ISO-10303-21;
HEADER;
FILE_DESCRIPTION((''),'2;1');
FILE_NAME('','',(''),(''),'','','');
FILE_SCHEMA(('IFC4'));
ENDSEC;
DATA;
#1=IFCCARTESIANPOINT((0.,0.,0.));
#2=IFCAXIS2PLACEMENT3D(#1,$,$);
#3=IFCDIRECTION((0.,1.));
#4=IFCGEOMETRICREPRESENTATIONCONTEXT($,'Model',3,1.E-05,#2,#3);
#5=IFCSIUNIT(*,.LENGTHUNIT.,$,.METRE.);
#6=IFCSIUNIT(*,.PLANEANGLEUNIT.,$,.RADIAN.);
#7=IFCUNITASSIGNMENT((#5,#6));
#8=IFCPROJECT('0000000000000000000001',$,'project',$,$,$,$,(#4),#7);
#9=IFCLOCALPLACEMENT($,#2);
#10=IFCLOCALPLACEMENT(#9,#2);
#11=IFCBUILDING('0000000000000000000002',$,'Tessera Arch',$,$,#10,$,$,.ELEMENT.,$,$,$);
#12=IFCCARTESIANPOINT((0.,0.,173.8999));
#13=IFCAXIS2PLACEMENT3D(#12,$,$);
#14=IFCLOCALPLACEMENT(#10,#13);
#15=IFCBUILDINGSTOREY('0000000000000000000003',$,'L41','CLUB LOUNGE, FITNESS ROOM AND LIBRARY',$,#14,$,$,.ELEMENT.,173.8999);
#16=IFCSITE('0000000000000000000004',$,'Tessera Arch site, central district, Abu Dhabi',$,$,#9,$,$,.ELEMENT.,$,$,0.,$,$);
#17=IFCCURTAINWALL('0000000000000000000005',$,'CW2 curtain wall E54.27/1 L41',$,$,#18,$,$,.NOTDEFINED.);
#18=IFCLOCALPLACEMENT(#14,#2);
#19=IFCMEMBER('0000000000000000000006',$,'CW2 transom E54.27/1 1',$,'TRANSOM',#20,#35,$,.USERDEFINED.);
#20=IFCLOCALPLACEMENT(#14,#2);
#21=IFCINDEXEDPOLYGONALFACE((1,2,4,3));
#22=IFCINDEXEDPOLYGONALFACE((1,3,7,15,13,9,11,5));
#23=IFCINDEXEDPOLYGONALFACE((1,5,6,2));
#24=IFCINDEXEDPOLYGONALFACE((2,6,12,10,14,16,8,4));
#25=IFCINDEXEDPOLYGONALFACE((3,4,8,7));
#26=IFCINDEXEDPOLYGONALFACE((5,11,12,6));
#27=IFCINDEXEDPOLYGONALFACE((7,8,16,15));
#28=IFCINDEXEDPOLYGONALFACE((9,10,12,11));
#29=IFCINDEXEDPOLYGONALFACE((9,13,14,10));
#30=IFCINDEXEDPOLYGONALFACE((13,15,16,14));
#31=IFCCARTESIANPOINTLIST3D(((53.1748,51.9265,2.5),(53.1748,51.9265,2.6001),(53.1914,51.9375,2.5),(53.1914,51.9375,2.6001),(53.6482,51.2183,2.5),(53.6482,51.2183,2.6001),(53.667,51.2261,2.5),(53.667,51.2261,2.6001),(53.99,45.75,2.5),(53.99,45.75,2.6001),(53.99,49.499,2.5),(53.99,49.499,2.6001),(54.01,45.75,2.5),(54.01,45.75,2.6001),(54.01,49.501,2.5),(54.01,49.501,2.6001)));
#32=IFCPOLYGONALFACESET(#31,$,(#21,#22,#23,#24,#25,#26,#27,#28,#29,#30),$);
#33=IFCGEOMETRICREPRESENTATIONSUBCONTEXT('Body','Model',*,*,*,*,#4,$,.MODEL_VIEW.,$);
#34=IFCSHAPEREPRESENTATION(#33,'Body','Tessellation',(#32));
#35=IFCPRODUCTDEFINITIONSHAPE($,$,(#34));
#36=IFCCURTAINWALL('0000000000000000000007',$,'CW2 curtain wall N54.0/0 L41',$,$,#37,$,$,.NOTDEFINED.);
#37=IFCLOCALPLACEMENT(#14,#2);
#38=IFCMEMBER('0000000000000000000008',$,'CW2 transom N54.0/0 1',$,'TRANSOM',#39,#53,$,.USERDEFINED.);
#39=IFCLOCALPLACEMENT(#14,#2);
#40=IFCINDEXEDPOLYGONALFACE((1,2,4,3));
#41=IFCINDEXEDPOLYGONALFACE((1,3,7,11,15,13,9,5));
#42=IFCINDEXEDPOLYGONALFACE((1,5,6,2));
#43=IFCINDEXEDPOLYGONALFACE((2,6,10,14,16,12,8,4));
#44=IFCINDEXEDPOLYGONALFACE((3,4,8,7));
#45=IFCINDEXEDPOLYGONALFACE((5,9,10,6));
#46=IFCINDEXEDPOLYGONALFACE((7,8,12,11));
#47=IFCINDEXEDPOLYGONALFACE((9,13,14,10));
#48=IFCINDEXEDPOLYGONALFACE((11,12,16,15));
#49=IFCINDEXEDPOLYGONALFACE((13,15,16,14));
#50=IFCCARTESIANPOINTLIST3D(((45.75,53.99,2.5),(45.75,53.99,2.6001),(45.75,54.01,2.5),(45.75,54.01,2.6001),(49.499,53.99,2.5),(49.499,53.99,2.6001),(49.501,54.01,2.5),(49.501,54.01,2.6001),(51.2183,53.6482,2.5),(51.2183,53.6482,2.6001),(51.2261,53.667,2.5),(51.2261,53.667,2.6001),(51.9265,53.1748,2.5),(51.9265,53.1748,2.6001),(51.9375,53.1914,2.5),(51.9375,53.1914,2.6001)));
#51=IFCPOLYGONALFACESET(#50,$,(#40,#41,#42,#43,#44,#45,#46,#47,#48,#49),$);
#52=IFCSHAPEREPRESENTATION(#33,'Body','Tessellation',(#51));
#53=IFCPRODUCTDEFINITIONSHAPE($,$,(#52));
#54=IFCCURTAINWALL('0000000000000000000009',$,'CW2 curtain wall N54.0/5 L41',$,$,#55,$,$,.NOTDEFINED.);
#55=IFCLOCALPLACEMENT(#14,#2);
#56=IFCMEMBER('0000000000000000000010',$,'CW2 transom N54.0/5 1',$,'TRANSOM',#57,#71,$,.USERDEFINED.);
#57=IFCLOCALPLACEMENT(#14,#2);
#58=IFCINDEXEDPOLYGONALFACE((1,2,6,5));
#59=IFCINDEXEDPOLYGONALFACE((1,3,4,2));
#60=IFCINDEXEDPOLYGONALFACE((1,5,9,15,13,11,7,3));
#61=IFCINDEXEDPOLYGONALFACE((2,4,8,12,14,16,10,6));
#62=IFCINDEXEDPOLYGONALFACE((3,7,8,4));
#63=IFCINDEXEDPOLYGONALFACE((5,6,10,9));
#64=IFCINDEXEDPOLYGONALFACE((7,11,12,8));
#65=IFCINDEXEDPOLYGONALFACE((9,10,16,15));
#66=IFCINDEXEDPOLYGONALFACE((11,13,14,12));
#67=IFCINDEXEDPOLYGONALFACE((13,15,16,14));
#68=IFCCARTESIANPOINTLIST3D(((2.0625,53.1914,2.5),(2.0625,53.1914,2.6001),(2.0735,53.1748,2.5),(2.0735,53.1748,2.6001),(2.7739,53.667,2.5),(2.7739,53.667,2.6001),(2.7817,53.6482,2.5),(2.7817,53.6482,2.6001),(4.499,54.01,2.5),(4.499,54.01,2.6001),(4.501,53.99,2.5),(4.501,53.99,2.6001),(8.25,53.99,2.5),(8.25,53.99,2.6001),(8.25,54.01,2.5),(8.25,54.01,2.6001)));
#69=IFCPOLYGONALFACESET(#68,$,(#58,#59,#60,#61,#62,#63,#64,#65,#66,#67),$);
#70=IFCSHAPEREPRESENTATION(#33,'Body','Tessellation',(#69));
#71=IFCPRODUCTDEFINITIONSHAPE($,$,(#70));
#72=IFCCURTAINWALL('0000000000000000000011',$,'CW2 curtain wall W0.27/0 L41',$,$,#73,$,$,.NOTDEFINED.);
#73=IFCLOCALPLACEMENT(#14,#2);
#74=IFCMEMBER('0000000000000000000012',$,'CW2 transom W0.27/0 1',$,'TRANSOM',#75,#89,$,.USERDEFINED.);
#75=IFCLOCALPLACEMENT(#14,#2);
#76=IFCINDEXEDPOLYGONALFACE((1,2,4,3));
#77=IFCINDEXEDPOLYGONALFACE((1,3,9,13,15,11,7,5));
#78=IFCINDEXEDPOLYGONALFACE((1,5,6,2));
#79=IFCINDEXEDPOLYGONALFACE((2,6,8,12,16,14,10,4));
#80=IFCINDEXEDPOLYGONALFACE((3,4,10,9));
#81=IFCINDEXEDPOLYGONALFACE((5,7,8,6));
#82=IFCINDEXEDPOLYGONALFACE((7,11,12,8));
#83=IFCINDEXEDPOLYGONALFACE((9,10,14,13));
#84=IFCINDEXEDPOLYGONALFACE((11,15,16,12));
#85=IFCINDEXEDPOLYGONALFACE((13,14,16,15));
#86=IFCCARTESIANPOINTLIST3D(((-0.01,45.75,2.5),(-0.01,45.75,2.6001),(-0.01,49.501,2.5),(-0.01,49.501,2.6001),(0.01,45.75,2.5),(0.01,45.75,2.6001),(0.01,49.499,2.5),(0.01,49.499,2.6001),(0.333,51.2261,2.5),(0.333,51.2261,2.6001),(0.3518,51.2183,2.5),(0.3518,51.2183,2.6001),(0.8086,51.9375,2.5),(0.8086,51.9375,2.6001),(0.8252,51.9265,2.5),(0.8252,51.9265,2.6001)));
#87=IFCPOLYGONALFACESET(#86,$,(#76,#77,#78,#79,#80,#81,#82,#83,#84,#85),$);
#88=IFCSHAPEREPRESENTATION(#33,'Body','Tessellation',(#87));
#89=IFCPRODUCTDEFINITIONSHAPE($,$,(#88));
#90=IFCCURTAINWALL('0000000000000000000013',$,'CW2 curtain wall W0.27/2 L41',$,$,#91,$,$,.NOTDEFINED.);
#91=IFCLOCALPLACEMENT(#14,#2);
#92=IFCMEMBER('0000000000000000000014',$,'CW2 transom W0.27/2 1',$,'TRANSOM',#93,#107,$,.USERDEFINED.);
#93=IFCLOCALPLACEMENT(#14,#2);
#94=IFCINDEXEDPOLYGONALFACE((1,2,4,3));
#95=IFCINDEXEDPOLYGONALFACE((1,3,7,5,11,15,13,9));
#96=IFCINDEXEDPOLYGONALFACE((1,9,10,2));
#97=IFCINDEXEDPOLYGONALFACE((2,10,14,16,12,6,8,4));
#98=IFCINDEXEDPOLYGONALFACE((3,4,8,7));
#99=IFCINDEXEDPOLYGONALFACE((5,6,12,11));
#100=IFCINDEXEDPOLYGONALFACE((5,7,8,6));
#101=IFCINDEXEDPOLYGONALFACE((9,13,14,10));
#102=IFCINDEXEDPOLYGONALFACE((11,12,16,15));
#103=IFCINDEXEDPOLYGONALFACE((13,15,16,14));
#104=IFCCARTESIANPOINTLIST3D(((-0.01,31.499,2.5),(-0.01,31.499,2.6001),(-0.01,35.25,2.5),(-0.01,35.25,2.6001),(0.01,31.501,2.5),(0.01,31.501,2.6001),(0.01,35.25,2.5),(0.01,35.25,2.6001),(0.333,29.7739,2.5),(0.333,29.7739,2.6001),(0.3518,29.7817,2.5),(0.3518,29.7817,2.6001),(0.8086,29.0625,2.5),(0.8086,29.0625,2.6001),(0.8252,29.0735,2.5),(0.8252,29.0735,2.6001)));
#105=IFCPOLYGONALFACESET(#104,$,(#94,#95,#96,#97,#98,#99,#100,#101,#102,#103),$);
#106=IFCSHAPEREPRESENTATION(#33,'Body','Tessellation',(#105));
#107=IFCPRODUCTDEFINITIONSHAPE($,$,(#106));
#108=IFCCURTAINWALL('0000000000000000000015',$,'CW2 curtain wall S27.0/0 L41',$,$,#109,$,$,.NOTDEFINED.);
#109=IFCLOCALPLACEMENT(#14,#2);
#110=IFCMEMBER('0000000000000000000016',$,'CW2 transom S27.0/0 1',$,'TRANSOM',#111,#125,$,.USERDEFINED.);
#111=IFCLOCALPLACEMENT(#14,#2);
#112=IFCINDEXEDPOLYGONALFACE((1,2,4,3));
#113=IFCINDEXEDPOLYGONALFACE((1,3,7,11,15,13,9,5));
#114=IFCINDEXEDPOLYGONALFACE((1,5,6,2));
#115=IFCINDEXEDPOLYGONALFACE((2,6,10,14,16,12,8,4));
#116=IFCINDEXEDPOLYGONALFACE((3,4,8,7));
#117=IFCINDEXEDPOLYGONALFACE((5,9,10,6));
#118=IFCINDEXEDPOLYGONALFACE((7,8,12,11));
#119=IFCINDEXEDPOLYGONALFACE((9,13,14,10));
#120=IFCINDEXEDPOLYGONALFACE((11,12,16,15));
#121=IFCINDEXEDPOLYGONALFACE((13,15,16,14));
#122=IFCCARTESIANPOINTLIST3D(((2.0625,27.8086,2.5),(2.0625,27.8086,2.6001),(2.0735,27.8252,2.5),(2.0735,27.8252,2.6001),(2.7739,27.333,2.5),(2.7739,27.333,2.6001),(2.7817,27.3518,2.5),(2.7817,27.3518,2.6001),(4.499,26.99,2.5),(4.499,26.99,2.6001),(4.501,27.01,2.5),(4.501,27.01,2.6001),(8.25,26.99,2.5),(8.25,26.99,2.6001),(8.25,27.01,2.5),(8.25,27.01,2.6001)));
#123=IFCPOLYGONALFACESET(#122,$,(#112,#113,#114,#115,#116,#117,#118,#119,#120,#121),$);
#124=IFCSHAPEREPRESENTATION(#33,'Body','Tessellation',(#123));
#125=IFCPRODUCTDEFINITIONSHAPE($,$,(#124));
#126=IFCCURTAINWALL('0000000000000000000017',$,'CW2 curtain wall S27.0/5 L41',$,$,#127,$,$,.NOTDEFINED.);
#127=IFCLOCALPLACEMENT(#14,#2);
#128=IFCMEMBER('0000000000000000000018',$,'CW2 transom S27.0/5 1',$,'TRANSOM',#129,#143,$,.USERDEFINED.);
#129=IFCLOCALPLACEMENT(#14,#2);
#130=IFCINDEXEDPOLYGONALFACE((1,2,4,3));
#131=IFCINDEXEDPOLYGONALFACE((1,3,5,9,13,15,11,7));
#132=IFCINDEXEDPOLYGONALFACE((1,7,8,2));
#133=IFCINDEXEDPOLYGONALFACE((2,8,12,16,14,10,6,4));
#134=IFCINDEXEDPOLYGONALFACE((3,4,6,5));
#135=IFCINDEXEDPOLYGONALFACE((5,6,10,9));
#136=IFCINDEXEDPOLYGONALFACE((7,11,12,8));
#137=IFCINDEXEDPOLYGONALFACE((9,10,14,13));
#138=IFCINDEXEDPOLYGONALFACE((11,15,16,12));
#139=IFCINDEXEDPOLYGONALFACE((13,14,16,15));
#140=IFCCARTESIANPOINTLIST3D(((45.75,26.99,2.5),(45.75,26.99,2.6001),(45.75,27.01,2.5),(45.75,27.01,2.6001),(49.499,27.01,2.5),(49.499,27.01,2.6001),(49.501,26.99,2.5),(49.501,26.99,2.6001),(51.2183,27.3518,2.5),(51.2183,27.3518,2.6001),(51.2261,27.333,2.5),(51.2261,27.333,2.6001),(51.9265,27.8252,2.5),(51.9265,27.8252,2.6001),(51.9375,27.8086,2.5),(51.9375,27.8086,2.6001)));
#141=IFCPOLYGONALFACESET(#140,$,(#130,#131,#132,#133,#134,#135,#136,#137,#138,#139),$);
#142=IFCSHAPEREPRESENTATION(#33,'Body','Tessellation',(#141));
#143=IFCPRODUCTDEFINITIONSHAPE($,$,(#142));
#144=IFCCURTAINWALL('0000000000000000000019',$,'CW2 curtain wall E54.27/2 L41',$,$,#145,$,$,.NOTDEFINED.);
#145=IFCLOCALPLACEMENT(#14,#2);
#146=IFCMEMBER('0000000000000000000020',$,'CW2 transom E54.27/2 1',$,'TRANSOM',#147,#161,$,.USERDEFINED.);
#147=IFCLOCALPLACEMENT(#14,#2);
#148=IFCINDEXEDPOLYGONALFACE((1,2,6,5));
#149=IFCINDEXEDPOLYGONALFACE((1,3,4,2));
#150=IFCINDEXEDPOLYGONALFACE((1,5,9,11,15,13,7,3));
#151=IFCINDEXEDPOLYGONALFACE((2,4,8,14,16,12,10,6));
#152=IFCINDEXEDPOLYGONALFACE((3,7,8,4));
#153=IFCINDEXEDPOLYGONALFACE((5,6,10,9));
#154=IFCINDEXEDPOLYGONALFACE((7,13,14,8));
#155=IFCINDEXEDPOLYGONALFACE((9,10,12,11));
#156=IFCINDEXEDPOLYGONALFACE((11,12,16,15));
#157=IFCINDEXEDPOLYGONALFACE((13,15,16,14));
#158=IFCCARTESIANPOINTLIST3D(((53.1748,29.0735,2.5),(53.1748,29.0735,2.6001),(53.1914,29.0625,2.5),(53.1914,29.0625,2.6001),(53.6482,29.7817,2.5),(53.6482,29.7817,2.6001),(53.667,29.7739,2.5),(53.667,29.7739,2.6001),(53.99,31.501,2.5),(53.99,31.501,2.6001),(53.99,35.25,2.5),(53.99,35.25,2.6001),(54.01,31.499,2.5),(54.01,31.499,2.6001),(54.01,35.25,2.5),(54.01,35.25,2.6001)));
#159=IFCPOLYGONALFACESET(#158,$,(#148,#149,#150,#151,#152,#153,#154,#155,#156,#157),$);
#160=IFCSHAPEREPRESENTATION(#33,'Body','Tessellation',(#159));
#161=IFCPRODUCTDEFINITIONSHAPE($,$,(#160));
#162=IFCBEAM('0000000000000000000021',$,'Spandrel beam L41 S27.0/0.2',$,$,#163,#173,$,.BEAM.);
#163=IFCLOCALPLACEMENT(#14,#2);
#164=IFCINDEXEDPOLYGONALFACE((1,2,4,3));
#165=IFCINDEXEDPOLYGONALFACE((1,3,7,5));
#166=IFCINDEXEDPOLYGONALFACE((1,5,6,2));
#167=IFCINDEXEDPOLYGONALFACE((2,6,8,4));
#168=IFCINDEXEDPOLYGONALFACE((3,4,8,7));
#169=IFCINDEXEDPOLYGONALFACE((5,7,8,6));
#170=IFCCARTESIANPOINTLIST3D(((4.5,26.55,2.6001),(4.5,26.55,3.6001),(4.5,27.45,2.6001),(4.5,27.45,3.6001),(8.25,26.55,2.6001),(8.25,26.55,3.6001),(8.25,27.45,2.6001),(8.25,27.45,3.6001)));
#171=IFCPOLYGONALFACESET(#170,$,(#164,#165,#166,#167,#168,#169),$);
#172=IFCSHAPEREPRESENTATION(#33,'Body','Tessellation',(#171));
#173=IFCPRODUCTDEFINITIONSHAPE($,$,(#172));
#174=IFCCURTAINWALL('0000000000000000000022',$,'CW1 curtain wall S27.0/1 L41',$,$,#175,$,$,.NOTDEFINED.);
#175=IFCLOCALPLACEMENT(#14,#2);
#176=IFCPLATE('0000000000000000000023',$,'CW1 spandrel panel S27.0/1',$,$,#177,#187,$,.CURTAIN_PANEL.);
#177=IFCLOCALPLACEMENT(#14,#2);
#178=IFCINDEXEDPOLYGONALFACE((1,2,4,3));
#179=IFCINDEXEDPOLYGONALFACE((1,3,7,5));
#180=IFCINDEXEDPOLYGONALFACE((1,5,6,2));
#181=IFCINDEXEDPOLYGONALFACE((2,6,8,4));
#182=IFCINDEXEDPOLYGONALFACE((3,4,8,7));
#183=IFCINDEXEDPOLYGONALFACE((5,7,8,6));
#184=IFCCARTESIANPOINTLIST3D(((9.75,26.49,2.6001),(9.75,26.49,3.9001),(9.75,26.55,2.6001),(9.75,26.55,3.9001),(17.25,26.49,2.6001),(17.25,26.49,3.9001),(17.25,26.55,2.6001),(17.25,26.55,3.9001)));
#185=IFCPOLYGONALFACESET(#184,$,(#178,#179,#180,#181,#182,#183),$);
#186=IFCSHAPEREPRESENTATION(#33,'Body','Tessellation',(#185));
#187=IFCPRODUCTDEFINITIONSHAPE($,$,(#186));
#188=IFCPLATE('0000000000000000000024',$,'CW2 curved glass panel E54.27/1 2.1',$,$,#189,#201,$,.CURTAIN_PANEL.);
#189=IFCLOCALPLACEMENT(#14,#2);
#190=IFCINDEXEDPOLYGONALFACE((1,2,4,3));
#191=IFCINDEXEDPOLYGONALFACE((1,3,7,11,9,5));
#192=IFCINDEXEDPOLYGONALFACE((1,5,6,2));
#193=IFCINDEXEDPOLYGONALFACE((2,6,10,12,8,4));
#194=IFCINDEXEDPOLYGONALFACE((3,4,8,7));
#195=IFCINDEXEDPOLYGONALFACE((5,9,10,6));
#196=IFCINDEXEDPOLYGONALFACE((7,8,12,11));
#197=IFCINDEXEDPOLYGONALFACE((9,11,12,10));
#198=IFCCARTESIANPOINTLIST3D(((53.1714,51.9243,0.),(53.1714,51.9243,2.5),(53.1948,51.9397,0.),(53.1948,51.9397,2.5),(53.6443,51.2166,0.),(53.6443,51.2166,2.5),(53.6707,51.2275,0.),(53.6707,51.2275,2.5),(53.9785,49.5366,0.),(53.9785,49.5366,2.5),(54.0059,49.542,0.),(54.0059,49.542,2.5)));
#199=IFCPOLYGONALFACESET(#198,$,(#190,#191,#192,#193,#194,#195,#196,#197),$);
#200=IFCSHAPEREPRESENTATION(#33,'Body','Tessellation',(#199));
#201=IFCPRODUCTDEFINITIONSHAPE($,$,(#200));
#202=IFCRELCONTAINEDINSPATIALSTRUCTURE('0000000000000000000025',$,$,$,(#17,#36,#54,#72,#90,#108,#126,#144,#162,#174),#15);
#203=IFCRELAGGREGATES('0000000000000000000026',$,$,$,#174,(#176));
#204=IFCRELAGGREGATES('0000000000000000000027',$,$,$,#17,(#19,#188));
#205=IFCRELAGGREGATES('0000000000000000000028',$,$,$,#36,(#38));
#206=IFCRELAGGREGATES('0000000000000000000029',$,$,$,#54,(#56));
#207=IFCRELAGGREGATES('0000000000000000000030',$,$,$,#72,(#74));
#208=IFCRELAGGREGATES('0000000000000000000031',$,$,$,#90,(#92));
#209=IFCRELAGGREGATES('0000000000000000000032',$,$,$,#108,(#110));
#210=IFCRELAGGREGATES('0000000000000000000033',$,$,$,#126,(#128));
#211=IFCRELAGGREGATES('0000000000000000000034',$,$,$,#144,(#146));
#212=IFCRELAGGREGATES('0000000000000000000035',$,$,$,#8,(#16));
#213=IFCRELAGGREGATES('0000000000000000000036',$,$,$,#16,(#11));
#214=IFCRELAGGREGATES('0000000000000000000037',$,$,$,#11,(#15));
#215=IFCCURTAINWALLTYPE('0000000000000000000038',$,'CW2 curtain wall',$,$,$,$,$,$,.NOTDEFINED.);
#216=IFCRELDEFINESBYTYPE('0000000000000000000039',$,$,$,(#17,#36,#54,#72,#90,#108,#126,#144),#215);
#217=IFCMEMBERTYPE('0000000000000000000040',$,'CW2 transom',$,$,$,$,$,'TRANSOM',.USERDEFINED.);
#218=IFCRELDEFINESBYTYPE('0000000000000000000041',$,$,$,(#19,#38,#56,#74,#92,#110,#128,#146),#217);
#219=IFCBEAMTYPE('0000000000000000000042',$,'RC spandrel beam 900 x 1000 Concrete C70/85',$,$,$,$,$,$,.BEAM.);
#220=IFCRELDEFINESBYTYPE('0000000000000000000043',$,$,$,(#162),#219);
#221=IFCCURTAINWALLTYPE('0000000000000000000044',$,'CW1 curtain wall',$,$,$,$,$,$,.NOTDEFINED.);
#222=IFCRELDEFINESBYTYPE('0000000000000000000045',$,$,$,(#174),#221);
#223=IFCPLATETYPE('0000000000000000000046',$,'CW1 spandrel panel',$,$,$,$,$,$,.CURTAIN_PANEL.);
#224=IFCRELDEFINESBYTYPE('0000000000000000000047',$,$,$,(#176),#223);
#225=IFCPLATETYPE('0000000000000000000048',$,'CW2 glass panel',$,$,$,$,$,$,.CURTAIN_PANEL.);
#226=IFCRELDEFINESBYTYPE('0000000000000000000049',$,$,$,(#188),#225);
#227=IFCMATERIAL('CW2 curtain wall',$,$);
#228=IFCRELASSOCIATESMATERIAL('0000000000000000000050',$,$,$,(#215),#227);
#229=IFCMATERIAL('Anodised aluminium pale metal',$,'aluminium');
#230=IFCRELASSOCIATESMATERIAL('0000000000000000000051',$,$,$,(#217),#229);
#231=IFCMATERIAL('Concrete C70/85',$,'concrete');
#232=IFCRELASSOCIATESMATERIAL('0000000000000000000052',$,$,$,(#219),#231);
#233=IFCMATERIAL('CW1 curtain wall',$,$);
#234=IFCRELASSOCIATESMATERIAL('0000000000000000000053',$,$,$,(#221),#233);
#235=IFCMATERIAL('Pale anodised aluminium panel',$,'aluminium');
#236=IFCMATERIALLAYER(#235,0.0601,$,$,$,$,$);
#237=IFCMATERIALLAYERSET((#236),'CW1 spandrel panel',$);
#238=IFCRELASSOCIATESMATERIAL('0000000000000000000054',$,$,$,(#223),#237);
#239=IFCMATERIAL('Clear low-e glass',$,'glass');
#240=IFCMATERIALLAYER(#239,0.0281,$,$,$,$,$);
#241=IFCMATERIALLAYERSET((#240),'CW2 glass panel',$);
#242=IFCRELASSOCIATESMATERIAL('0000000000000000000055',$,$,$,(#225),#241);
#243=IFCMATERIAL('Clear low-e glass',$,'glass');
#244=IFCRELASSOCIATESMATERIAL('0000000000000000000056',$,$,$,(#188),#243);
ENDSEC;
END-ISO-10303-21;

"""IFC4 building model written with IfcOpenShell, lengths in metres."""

from ifc_helpers import new_model, si_unit, direction, frame, origin, origin_2d, place, context, subcontext, project, spatial, polyline, rectangle, outline, extrude, material, layer, layer_set, material_profile, profile_set, type_object, element, aggregate, save


model = new_model("IFC4")

# Units and contexts
model_context = context("Model", 3, precision=1e-05, world=origin(), true_north=direction((0.0, 1.0)))
body_context = subcontext(model_context, "Body", "Model", "MODEL_VIEW")
ifc_project = project(units=[si_unit("LENGTHUNIT", "METRE"), si_unit("PLANEANGLEUNIT", "RADIAN")], contexts=[model_context])

# Site, building, storey
site_placement = place(None, origin())
site = spatial("IfcSite", under=ifc_project, at=site_placement, Name="Tessera Arch site, central district, Abu Dhabi", CompositionType="ELEMENT", RefElevation=0.0)
building_placement = place(site_placement, origin())
building = spatial("IfcBuilding", under=site, at=building_placement, Name="Tessera Arch", CompositionType="ELEMENT")
storey_placement = place(building_placement, frame((0.0, 0.0, 173.8999)))
storey = spatial("IfcBuildingStorey", under=building, at=storey_placement, Name="L41", Description="CLUB LOUNGE, FITNESS ROOM AND LIBRARY", CompositionType="ELEMENT", Elevation=173.8999)

# Curtain walls, members
ifc_material_1 = material(Name="CW2 curtain wall")
curtain_wall_type_1 = type_object("IfcCurtainWallType", Name="CW2 curtain wall", PredefinedType="NOTDEFINED", material=ifc_material_1)
curtain_wall_1_placement = place(storey_placement, origin())
curtain_wall_1 = element("IfcCurtainWall", 1, at=curtain_wall_1_placement, inside=storey, type_object=curtain_wall_type_1, Name="CW2 curtain wall E54.27/1 L41", PredefinedType="NOTDEFINED")
ifc_material_2 = material(Name="Anodised aluminium pale metal", Category="aluminium")
ifc_material_profile_1 = material_profile(ifc_material_2, rectangle(XDim=0.2, YDim=0.1001, at=origin_2d()), Name="AL 200x100")
ifc_profile_set_1 = profile_set([ifc_material_profile_1], Name="Anodised aluminium pale metal")
member_type = type_object("IfcMemberType", Name="CW2 transom", ElementType="TRANSOM", PredefinedType="USERDEFINED", material=ifc_profile_set_1)
member_1_placement = place(storey_placement, frame((0.0, 0.0, 2.5)))
member_1 = element("IfcMember", 2, at=member_1_placement, type_object=member_type, Name="CW2 transom E54.27/1 1", ObjectType="TRANSOM", PredefinedType="USERDEFINED", context=body_context, shape_type="SweptSolid", body=[
    extrude(outline(polyline([(53.99, 49.499), (53.99, 45.75), (54.01, 45.75), (54.01, 49.501), (53.667, 51.2261), (53.1914, 51.9375), (53.1748, 51.9265), (53.6482, 51.2183), (53.99, 49.499)])), origin(), (0.0, 0.0, 1.0), 0.1001),
])
curtain_wall_2_placement = place(storey_placement, origin())
curtain_wall_2 = element("IfcCurtainWall", 3, at=curtain_wall_2_placement, inside=storey, type_object=curtain_wall_type_1, Name="CW2 curtain wall N54.0/0 L41", PredefinedType="NOTDEFINED")
member_2_placement = place(storey_placement, frame((0.0, 0.0, 2.5)))
member_2 = element("IfcMember", 4, at=member_2_placement, type_object=member_type, Name="CW2 transom N54.0/0 1", ObjectType="TRANSOM", PredefinedType="USERDEFINED", context=body_context, shape_type="SweptSolid", body=[
    extrude(outline(polyline([(51.2183, 53.6482), (51.9265, 53.1748), (51.9375, 53.1914), (51.2261, 53.667), (49.501, 54.01), (45.75, 54.01), (45.75, 53.99), (49.499, 53.99), (51.2183, 53.6482)])), origin(), (0.0, 0.0, 1.0), 0.1001),
])
curtain_wall_3_placement = place(storey_placement, origin())
curtain_wall_3 = element("IfcCurtainWall", 5, at=curtain_wall_3_placement, inside=storey, type_object=curtain_wall_type_1, Name="CW2 curtain wall N54.0/5 L41", PredefinedType="NOTDEFINED")
member_3_placement = place(storey_placement, frame((0.0, 0.0, 2.5)))
member_3 = element("IfcMember", 6, at=member_3_placement, type_object=member_type, Name="CW2 transom N54.0/5 1", ObjectType="TRANSOM", PredefinedType="USERDEFINED", context=body_context, shape_type="SweptSolid", body=[
    extrude(outline(polyline([(4.501, 53.99), (8.25, 53.99), (8.25, 54.01), (4.499, 54.01), (2.7739, 53.667), (2.0625, 53.1914), (2.0735, 53.1748), (2.7817, 53.6482), (4.501, 53.99)])), origin(), (0.0, 0.0, 1.0), 0.1001),
])
curtain_wall_4_placement = place(storey_placement, origin())
curtain_wall_4 = element("IfcCurtainWall", 7, at=curtain_wall_4_placement, inside=storey, type_object=curtain_wall_type_1, Name="CW2 curtain wall W0.27/0 L41", PredefinedType="NOTDEFINED")
member_4_placement = place(storey_placement, frame((0.0, 0.0, 2.5)))
member_4 = element("IfcMember", 8, at=member_4_placement, type_object=member_type, Name="CW2 transom W0.27/0 1", ObjectType="TRANSOM", PredefinedType="USERDEFINED", context=body_context, shape_type="SweptSolid", body=[
    extrude(outline(polyline([(0.3518, 51.2183), (0.8252, 51.9265), (0.8086, 51.9375), (0.333, 51.2261), (-0.01, 49.501), (-0.01, 45.75), (0.01, 45.75), (0.01, 49.499), (0.3518, 51.2183)])), origin(), (0.0, 0.0, 1.0), 0.1001),
])
curtain_wall_5_placement = place(storey_placement, origin())
curtain_wall_5 = element("IfcCurtainWall", 9, at=curtain_wall_5_placement, inside=storey, type_object=curtain_wall_type_1, Name="CW2 curtain wall W0.27/2 L41", PredefinedType="NOTDEFINED")
member_5_placement = place(storey_placement, frame((0.0, 0.0, 2.5)))
member_5 = element("IfcMember", 10, at=member_5_placement, type_object=member_type, Name="CW2 transom W0.27/2 1", ObjectType="TRANSOM", PredefinedType="USERDEFINED", context=body_context, shape_type="SweptSolid", body=[
    extrude(outline(polyline([(0.01, 31.501), (0.01, 35.25), (-0.01, 35.25), (-0.01, 31.499), (0.333, 29.7739), (0.8086, 29.0625), (0.8252, 29.0735), (0.3518, 29.7817), (0.01, 31.501)])), origin(), (0.0, 0.0, 1.0), 0.1001),
])
curtain_wall_6_placement = place(storey_placement, origin())
curtain_wall_6 = element("IfcCurtainWall", 11, at=curtain_wall_6_placement, inside=storey, type_object=curtain_wall_type_1, Name="CW2 curtain wall S27.0/0 L41", PredefinedType="NOTDEFINED")
member_6_placement = place(storey_placement, frame((0.0, 0.0, 2.5)))
member_6 = element("IfcMember", 12, at=member_6_placement, type_object=member_type, Name="CW2 transom S27.0/0 1", ObjectType="TRANSOM", PredefinedType="USERDEFINED", context=body_context, shape_type="SweptSolid", body=[
    extrude(outline(polyline([(2.7817, 27.3518), (2.0735, 27.8252), (2.0625, 27.8086), (2.7739, 27.333), (4.499, 26.99), (8.25, 26.99), (8.25, 27.01), (4.501, 27.01), (2.7817, 27.3518)])), origin(), (0.0, 0.0, 1.0), 0.1001),
])
curtain_wall_7_placement = place(storey_placement, origin())
curtain_wall_7 = element("IfcCurtainWall", 13, at=curtain_wall_7_placement, inside=storey, type_object=curtain_wall_type_1, Name="CW2 curtain wall S27.0/5 L41", PredefinedType="NOTDEFINED")
member_7_placement = place(storey_placement, frame((0.0, 0.0, 2.5)))
member_7 = element("IfcMember", 14, at=member_7_placement, type_object=member_type, Name="CW2 transom S27.0/5 1", ObjectType="TRANSOM", PredefinedType="USERDEFINED", context=body_context, shape_type="SweptSolid", body=[
    extrude(outline(polyline([(49.499, 27.01), (45.75, 27.01), (45.75, 26.99), (49.501, 26.99), (51.2261, 27.333), (51.9375, 27.8086), (51.9265, 27.8252), (51.2183, 27.3518), (49.499, 27.01)])), origin(), (0.0, 0.0, 1.0), 0.1001),
])
curtain_wall_8_placement = place(storey_placement, origin())
curtain_wall_8 = element("IfcCurtainWall", 15, at=curtain_wall_8_placement, inside=storey, type_object=curtain_wall_type_1, Name="CW2 curtain wall E54.27/2 L41", PredefinedType="NOTDEFINED")
member_8_placement = place(storey_placement, frame((0.0, 0.0, 2.5)))
member_8 = element("IfcMember", 16, at=member_8_placement, type_object=member_type, Name="CW2 transom E54.27/2 1", ObjectType="TRANSOM", PredefinedType="USERDEFINED", context=body_context, shape_type="SweptSolid", body=[
    extrude(outline(polyline([(53.6482, 29.7817), (53.1748, 29.0735), (53.1914, 29.0625), (53.667, 29.7739), (54.01, 31.499), (54.01, 35.25), (53.99, 35.25), (53.99, 31.501), (53.6482, 29.7817)])), origin(), (0.0, 0.0, 1.0), 0.1001),
])

# Beam
ifc_material_3 = material(Name="Concrete C70/85", Category="concrete")
ifc_material_profile_2 = material_profile(ifc_material_3, rectangle(XDim=0.8999, YDim=1.0, at=origin_2d()), Name="RC spandrel beam 900 x 1000 Concrete C70/85")
ifc_profile_set_2 = profile_set([ifc_material_profile_2], Name="Concrete C70/85")
beam_type = type_object("IfcBeamType", Name="RC spandrel beam 900 x 1000 Concrete C70/85", PredefinedType="BEAM", material=ifc_profile_set_2)
beam_placement = place(storey_placement, frame((4.5, 27.0, 3.1001), z_axis=(1.0, 0.0, 0.0), x_axis=(0.0, 1.0, 0.0)))
element("IfcBeam", 17, at=beam_placement, inside=storey, type_object=beam_type, Name="Spandrel beam L41 S27.0/0.2", PredefinedType="BEAM", context=body_context, shape_type="SweptSolid", body=[
    extrude(rectangle(XDim=0.8999, YDim=1.0, at=origin_2d()), origin(), (0.0, 0.0, 1.0), 3.75),
])

# Curtain wall, plate
ifc_material_4 = material(Name="CW1 curtain wall")
curtain_wall_type_2 = type_object("IfcCurtainWallType", Name="CW1 curtain wall", PredefinedType="NOTDEFINED", material=ifc_material_4)
curtain_wall_9_placement = place(storey_placement, origin())
curtain_wall_9 = element("IfcCurtainWall", 18, at=curtain_wall_9_placement, inside=storey, type_object=curtain_wall_type_2, Name="CW1 curtain wall S27.0/1 L41", PredefinedType="NOTDEFINED")
ifc_material_5 = material(Name="Pale anodised aluminium panel", Category="aluminium")
ifc_layer_1 = layer(ifc_material_5, 0.0601)
ifc_layer_set_1 = layer_set([ifc_layer_1], Name="CW1 spandrel panel")
plate_type_1 = type_object("IfcPlateType", Name="CW1 spandrel panel", PredefinedType="CURTAIN_PANEL", material=ifc_layer_set_1)
plate_1_placement = place(storey_placement, frame((13.5, 26.52, 2.6001), z_axis=(0.0, 0.0, 1.0), x_axis=(1.0, 0.0, 0.0)))
plate_1 = element("IfcPlate", 19, at=plate_1_placement, type_object=plate_type_1, Name="CW1 spandrel panel S27.0/1", PredefinedType="CURTAIN_PANEL", context=body_context, shape_type="SweptSolid", body=[
    extrude(rectangle(XDim=7.5, YDim=0.0601, at=origin_2d()), origin(), (0.0, 0.0, 1.0), 1.3),
])
aggregate(curtain_wall_9, [plate_1])

# Plate
ifc_material_6 = material(Name="Clear low-e glass", Category="glass")
ifc_material_7 = material(Name="Clear low-e glass", Category="glass")
ifc_layer_2 = layer(ifc_material_7, 0.0281)
ifc_layer_set_2 = layer_set([ifc_layer_2], Name="CW2 glass panel")
plate_type_2 = type_object("IfcPlateType", Name="CW2 glass panel", PredefinedType="CURTAIN_PANEL", material=ifc_layer_set_2)
plate_2_placement = place(storey_placement, origin())
plate_2 = element("IfcPlate", 20, at=plate_2_placement, type_object=plate_type_2, material=ifc_material_6, Name="CW2 curved glass panel E54.27/1 2.1", PredefinedType="CURTAIN_PANEL", context=body_context, shape_type="SweptSolid", body=[
    extrude(outline(polyline([(53.6443, 51.2166), (53.9785, 49.5366), (54.0059, 49.542), (53.6707, 51.2275), (53.1948, 51.9397), (53.1714, 51.9243), (53.6443, 51.2166)])), origin(), (0.0, 0.0, 1.0), 2.5),
])
aggregate(curtain_wall_1, [member_1, plate_2])
aggregate(curtain_wall_2, [member_2])
aggregate(curtain_wall_3, [member_3])
aggregate(curtain_wall_4, [member_4])
aggregate(curtain_wall_5, [member_5])
aggregate(curtain_wall_6, [member_6])
aggregate(curtain_wall_7, [member_7])
aggregate(curtain_wall_8, [member_8])

save(model, "model.ifc")
